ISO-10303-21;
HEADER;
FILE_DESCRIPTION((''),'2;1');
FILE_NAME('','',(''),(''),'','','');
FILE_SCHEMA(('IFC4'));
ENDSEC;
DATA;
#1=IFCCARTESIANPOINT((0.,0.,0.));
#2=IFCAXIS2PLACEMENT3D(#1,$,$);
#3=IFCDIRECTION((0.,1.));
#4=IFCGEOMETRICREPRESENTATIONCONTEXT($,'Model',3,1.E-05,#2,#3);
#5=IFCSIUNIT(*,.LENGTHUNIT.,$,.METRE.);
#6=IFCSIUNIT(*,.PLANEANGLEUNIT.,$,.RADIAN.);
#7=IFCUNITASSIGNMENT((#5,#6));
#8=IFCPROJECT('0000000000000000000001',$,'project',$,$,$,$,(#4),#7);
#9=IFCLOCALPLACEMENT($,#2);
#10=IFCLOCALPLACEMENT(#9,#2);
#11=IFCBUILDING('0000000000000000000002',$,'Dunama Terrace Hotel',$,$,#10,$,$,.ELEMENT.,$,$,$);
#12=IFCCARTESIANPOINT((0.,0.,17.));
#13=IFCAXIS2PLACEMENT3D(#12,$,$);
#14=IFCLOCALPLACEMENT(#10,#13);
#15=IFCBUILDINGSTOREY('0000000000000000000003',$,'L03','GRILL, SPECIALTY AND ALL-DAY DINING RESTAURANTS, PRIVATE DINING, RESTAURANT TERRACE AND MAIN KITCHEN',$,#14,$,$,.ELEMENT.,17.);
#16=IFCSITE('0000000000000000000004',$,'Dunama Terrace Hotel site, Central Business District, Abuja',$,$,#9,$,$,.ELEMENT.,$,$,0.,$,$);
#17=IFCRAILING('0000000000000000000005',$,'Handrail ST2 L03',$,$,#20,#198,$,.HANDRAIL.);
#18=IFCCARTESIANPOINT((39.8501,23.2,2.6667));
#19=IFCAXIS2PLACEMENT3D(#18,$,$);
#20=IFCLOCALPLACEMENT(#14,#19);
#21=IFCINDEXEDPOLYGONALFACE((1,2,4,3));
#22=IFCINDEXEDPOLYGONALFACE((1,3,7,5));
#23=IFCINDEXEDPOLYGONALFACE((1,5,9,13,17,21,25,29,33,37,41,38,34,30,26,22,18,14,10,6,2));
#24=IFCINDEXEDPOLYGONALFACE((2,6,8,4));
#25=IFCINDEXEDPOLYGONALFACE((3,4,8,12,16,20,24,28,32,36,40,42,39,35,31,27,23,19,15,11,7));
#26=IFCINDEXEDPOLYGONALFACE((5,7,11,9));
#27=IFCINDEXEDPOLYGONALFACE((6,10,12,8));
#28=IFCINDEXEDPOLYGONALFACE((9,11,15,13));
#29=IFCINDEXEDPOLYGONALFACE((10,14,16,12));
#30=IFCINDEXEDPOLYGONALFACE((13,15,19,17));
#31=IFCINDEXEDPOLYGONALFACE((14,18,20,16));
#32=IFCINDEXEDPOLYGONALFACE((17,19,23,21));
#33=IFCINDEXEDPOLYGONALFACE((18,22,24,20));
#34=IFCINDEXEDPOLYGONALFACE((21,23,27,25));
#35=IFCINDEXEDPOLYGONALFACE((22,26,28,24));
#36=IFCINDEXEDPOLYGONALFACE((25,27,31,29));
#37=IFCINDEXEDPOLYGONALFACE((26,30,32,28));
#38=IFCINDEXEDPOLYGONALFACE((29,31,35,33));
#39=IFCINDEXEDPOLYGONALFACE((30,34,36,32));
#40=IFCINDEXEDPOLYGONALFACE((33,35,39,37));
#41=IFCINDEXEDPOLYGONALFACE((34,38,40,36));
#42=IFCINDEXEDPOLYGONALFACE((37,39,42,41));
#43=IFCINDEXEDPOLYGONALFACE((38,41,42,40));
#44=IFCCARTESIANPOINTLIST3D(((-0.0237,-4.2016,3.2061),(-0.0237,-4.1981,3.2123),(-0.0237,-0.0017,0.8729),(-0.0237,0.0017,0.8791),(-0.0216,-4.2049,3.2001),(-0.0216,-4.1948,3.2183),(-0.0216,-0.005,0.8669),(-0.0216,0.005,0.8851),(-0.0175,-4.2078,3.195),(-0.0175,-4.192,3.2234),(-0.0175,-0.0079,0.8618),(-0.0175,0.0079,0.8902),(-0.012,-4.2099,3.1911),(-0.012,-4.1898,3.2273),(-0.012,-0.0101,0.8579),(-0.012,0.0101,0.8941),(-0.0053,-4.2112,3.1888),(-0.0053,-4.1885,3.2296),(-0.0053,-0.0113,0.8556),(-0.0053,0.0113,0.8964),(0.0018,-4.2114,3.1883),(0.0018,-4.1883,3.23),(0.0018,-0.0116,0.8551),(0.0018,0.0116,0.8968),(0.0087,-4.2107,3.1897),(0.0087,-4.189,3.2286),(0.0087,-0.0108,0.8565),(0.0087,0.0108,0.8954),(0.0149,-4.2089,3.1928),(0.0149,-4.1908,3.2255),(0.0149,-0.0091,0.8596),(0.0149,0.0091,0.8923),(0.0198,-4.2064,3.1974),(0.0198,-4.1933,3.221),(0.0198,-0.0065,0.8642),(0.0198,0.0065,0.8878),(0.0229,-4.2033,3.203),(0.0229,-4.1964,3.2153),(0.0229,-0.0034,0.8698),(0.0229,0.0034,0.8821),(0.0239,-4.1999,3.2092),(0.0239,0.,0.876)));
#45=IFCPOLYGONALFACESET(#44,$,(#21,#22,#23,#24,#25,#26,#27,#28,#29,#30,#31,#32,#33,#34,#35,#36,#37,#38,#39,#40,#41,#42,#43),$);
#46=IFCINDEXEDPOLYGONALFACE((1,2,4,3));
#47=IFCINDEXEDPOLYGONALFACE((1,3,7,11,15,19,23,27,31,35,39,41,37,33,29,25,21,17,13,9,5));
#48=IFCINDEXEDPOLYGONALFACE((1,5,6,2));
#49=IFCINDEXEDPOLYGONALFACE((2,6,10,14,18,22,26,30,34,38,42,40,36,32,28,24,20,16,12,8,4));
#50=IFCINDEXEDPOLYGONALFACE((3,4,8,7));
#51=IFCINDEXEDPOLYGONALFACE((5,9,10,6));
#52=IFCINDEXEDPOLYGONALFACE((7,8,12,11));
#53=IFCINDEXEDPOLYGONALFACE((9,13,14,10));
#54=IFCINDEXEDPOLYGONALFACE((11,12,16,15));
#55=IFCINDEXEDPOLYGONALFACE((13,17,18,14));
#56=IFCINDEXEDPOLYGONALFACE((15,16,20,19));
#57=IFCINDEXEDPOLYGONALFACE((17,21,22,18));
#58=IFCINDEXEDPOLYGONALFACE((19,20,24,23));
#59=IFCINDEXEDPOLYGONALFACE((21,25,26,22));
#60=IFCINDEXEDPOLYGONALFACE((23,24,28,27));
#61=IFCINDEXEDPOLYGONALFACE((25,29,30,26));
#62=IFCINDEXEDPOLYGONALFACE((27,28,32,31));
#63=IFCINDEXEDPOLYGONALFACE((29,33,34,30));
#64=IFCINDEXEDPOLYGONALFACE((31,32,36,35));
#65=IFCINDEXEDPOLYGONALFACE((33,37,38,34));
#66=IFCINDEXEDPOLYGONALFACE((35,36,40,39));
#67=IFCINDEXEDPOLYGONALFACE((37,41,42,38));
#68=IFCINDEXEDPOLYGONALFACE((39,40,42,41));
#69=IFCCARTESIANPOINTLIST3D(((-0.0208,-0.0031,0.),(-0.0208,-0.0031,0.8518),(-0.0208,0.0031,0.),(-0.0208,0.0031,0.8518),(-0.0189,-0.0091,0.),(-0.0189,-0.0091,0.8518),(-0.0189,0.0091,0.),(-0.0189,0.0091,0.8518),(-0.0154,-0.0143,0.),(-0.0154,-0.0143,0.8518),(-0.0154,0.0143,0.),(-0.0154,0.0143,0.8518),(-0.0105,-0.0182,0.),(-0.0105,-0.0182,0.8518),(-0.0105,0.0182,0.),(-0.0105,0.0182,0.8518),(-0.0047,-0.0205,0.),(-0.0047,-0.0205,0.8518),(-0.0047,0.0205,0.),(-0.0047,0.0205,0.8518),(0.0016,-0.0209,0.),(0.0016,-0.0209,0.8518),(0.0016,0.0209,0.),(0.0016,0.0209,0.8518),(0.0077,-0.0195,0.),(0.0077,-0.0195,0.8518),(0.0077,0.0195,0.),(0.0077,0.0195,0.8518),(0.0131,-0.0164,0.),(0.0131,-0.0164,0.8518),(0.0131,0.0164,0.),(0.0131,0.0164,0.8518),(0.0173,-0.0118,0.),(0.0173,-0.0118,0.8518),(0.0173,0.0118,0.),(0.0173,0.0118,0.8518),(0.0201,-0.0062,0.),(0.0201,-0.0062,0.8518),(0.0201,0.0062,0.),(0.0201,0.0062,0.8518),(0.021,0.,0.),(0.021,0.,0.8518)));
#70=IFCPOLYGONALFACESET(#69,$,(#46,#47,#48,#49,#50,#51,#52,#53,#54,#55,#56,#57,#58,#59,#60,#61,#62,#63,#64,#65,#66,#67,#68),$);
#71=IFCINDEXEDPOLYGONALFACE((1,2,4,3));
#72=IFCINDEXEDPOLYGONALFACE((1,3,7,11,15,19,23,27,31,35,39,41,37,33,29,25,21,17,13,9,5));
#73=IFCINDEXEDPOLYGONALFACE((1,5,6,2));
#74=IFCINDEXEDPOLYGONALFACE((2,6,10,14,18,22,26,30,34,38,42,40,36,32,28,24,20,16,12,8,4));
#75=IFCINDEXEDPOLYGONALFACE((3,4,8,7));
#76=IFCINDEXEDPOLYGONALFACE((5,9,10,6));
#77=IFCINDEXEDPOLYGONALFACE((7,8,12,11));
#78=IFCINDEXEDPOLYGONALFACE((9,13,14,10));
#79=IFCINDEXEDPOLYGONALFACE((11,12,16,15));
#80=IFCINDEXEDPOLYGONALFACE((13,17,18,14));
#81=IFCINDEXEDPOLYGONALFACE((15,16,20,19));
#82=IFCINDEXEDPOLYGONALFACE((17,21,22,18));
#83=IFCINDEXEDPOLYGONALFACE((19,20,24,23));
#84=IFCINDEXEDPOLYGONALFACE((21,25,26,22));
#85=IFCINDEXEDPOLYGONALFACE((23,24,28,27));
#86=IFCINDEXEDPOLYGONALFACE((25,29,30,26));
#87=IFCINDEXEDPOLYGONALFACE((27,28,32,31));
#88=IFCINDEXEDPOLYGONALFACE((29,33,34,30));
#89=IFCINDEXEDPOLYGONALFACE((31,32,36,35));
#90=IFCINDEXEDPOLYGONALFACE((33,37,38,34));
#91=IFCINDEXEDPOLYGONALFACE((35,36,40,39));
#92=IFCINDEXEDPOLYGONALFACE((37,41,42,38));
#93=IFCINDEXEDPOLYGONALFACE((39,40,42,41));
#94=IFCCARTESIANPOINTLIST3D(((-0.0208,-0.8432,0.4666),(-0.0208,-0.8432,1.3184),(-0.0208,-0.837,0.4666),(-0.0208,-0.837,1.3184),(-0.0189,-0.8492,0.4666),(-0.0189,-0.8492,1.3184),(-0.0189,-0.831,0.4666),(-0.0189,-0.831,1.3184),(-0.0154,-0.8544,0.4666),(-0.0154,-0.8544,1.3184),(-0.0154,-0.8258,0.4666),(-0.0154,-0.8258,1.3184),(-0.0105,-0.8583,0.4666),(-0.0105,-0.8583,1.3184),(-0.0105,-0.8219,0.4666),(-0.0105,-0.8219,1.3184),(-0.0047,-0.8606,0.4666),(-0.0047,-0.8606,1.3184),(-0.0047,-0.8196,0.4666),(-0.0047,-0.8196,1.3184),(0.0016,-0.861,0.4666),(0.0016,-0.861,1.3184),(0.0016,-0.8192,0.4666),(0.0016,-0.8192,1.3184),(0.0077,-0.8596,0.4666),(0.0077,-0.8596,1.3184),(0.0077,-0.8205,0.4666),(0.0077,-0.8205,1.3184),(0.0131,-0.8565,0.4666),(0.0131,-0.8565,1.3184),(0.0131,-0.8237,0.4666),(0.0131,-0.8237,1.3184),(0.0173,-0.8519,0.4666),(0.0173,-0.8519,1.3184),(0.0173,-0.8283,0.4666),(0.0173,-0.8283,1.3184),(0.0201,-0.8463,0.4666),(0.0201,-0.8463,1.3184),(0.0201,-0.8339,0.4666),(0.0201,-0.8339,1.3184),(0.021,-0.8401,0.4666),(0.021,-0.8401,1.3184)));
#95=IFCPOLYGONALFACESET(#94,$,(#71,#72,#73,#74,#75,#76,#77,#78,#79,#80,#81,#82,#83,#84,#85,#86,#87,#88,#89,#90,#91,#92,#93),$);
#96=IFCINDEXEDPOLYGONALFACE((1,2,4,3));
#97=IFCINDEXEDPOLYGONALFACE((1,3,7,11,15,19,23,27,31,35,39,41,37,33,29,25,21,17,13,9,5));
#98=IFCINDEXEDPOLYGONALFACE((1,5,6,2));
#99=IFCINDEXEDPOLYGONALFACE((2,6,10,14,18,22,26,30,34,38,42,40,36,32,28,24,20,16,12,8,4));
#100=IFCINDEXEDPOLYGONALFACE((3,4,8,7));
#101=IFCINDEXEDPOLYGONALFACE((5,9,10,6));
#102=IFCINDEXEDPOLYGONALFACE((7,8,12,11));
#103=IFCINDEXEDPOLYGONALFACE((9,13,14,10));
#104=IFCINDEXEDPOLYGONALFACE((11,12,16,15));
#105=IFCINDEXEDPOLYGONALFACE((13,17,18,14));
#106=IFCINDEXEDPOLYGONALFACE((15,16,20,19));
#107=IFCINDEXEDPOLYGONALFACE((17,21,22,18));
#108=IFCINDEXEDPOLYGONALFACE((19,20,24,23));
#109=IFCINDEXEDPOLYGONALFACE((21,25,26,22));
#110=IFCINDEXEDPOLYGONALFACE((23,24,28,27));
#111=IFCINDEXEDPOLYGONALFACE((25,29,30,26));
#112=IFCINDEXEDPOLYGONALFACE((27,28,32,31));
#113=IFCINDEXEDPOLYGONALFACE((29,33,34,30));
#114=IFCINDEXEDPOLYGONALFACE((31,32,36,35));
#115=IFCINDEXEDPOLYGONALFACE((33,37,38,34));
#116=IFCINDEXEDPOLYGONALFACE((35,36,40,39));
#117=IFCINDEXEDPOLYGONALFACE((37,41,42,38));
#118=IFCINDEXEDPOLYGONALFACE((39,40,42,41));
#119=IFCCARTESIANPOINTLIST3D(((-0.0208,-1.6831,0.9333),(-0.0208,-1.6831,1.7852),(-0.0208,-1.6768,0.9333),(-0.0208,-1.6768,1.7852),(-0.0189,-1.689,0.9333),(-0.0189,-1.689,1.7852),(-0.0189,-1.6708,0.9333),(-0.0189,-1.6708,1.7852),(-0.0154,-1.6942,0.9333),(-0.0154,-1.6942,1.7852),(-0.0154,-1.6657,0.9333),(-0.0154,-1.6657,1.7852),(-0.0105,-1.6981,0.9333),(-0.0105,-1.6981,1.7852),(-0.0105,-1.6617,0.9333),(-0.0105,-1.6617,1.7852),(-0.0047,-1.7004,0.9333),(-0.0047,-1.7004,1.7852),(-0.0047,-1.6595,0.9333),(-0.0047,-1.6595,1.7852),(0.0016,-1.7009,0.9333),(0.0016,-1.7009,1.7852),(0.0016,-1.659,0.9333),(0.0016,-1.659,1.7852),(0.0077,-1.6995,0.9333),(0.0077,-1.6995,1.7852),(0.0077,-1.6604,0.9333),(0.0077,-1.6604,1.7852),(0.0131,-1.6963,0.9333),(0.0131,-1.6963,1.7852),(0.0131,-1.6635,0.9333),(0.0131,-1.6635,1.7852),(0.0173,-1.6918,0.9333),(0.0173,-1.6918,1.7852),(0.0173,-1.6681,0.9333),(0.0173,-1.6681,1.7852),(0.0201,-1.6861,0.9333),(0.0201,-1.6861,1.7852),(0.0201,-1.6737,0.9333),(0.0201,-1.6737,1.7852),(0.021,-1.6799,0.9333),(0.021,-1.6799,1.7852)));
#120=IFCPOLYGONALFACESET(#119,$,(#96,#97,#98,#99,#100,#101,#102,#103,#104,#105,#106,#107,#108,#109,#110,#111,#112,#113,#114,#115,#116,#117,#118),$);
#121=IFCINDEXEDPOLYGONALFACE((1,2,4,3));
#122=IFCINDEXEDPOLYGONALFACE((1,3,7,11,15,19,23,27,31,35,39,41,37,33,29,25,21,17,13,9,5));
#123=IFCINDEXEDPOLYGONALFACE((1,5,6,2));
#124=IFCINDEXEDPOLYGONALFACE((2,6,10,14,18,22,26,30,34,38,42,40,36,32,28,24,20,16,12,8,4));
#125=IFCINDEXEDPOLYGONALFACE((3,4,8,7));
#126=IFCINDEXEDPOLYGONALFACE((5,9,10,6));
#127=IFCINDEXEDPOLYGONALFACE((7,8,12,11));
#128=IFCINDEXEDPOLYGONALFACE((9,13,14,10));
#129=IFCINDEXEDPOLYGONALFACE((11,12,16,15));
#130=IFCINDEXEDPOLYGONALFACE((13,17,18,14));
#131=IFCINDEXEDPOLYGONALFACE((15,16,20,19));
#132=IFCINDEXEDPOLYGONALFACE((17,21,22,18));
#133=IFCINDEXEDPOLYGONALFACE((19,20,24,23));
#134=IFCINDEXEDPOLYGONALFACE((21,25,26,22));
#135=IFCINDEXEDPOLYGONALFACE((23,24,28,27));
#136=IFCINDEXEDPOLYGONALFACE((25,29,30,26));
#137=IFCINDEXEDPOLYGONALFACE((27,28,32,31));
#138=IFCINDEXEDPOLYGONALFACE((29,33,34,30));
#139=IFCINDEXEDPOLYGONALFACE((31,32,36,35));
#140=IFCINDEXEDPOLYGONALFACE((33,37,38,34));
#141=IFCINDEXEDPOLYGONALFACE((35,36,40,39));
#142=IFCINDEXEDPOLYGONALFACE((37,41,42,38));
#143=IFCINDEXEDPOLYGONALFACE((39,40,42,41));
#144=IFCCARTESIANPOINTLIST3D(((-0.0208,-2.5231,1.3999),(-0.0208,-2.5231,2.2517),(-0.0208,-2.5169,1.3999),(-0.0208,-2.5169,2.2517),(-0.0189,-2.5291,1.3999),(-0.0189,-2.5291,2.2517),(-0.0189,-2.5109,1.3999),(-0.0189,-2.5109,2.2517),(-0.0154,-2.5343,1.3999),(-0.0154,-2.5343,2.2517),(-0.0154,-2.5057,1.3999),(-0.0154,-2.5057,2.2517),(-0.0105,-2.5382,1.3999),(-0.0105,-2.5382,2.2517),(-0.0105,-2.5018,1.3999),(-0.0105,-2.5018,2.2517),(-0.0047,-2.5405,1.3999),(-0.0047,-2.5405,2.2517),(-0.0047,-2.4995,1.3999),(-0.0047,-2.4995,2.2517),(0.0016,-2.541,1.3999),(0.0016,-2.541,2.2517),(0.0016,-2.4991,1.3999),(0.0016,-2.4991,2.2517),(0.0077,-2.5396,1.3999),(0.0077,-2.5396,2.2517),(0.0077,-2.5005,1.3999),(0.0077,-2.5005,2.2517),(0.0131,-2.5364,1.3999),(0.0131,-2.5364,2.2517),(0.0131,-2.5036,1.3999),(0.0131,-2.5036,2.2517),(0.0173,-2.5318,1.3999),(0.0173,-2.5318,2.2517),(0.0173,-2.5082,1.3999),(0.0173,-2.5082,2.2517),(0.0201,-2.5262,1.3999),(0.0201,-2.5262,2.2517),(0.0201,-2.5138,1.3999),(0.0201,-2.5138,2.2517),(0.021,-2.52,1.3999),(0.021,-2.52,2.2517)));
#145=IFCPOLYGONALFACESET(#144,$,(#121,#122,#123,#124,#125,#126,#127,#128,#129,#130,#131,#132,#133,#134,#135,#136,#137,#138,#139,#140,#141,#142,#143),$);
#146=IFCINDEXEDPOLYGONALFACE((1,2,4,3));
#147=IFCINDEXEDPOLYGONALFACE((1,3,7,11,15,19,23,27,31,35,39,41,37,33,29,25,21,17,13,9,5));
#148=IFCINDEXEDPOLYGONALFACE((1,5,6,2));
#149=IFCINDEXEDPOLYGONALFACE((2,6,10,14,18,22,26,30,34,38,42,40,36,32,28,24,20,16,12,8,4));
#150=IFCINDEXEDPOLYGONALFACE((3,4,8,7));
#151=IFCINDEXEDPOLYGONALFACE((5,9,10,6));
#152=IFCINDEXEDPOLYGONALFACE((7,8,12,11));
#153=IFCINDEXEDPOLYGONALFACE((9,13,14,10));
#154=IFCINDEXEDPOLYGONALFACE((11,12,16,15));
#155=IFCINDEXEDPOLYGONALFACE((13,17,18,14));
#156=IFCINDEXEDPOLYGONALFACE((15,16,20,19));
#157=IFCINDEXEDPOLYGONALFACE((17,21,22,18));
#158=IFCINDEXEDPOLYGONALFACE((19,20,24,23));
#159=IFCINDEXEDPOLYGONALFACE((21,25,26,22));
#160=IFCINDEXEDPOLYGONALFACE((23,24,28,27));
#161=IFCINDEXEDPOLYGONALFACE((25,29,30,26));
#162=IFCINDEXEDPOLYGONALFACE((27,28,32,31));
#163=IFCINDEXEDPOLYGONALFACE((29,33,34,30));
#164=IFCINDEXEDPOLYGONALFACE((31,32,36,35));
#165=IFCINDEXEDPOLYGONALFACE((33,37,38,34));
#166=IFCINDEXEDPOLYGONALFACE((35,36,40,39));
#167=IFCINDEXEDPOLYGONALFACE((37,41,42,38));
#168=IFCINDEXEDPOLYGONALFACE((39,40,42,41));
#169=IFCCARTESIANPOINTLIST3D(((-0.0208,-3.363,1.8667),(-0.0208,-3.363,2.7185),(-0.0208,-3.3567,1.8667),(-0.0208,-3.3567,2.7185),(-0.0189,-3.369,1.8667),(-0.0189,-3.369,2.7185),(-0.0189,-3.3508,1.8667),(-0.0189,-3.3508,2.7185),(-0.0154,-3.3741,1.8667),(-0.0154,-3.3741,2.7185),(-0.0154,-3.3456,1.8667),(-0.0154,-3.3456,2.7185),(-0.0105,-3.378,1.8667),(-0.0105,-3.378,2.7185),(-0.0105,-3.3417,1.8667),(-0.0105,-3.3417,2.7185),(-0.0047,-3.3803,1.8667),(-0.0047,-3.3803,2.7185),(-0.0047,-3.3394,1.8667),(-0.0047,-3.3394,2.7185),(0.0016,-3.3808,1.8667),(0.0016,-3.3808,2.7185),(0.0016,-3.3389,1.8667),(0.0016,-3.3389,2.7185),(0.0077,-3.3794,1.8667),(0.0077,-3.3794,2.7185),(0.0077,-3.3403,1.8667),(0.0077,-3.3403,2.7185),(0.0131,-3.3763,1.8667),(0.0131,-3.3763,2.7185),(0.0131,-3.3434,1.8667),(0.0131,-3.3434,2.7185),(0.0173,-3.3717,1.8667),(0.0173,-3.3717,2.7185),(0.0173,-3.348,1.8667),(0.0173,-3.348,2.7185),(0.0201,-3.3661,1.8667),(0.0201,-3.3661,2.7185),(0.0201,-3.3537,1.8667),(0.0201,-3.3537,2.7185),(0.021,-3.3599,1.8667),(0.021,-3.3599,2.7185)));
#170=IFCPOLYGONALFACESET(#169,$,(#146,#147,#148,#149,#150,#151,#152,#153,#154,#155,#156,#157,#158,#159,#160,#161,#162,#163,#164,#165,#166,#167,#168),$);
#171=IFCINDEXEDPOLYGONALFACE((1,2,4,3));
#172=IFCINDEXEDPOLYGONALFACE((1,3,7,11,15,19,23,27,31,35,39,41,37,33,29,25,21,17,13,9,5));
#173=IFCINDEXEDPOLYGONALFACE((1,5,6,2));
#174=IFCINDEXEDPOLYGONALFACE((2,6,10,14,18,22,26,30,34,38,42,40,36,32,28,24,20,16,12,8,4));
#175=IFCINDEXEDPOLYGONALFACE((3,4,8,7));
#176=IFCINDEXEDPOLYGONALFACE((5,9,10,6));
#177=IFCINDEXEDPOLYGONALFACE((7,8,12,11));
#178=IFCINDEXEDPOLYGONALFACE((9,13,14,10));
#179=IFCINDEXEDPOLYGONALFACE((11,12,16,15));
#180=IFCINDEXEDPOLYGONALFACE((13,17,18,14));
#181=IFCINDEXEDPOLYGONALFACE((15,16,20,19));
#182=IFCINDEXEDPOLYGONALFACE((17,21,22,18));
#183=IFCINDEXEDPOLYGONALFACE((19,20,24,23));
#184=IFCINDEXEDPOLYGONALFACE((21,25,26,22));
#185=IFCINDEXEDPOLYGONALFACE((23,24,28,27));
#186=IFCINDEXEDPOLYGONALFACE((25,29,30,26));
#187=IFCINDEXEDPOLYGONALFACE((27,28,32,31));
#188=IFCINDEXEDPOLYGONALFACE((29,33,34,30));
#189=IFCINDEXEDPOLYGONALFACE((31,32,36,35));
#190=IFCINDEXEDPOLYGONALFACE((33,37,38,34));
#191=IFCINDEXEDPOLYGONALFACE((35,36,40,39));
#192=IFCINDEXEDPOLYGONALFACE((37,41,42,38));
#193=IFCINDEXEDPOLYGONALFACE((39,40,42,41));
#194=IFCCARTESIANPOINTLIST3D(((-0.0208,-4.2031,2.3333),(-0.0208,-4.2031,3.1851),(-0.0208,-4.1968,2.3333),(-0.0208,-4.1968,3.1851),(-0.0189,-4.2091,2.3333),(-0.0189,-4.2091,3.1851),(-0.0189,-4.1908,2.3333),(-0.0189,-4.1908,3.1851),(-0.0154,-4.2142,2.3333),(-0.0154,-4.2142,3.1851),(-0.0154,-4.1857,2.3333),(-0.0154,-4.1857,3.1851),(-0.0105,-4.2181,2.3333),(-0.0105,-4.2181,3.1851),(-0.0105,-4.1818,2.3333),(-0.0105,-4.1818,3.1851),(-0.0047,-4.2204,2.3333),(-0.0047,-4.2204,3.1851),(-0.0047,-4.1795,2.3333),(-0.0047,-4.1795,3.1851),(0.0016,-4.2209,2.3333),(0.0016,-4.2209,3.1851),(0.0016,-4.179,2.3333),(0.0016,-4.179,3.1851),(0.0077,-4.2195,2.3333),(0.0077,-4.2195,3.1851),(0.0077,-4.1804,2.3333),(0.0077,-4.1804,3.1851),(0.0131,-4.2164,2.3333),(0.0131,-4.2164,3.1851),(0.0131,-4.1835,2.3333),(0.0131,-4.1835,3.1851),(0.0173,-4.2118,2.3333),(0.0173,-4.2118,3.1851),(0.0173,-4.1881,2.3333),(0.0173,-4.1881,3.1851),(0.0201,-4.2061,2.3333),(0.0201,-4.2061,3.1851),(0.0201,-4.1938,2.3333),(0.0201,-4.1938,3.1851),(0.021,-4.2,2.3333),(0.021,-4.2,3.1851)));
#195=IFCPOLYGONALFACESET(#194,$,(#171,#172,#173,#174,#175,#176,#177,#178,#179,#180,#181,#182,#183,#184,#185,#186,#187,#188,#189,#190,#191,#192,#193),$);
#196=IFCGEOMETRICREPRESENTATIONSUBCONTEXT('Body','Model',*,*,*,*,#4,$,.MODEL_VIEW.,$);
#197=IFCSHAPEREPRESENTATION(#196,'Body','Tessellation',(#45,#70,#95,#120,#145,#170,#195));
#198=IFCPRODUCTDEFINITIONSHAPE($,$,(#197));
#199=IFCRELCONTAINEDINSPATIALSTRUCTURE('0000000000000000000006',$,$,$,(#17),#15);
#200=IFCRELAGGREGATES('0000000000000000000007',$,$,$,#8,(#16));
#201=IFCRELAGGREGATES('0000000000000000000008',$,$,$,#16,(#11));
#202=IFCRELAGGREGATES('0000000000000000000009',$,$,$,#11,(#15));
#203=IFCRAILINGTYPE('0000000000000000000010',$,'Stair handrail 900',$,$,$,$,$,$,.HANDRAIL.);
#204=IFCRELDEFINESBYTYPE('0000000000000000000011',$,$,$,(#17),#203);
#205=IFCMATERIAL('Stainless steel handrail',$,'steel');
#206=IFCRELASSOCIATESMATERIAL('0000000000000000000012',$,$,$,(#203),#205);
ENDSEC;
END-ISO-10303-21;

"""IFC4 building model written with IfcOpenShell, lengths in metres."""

from ifc_helpers import new_model, si_unit, direction, frame, origin, origin_2d, place, context, subcontext, project, spatial, circle, extrude, material, type_object, element, save


model = new_model("IFC4")

# Units and contexts
model_context = context("Model", 3, precision=1e-05, world=origin(), true_north=direction((0.0, 1.0)))
body_context = subcontext(model_context, "Body", "Model", "MODEL_VIEW")
ifc_project = project(units=[si_unit("LENGTHUNIT", "METRE"), si_unit("PLANEANGLEUNIT", "RADIAN")], contexts=[model_context])

# Site, building, storey
site_placement = place(None, origin())
site = spatial("IfcSite", under=ifc_project, at=site_placement, Name="Dunama Terrace Hotel site, Central Business District, Abuja", CompositionType="ELEMENT", RefElevation=0.0)
building_placement = place(site_placement, origin())
building = spatial("IfcBuilding", under=site, at=building_placement, Name="Dunama Terrace Hotel", CompositionType="ELEMENT")
storey_placement = place(building_placement, frame((0.0, 0.0, 17.0)))
storey = spatial("IfcBuildingStorey", under=building, at=storey_placement, Name="L03", Description="GRILL, SPECIALTY AND ALL-DAY DINING RESTAURANTS, PRIVATE DINING, RESTAURANT TERRACE AND MAIN KITCHEN", CompositionType="ELEMENT", Elevation=17.0)

# Railing
ifc_material_1 = material(Name="Stainless steel handrail", Category="steel")
railing_type = type_object("IfcRailingType", Name="Stair handrail 900", PredefinedType="HANDRAIL", material=ifc_material_1)
railing_1_placement = place(storey_placement, frame((39.8501, 23.2, 2.6667)))
element("IfcRailing", 1, at=railing_1_placement, inside=storey, type_object=railing_type, Name="Handrail ST2 L03", PredefinedType="HANDRAIL", context=body_context, shape_type="SweptSolid", body=[
    extrude(circle(Radius=0.0239, at=origin_2d()), frame((0.0, 0.0, 0.876), z_axis=(0.0, -0.874162, 0.485634), x_axis=(1.0, 0.0, 0.0)), (0.0, 0.0, 1.0), 4.8044),
    extrude(circle(Radius=0.021, at=origin_2d()), origin(), (0.0, 0.0, 1.0), 0.8518),
    extrude(circle(Radius=0.021, at=origin_2d()), frame((0.0, -0.8401, 0.4666)), (0.0, 0.0, 1.0), 0.8518),
    extrude(circle(Radius=0.021, at=origin_2d()), frame((0.0, -1.6799, 0.9333)), (0.0, 0.0, 1.0), 0.8518),
    extrude(circle(Radius=0.021, at=origin_2d()), frame((0.0, -2.52, 1.3999)), (0.0, 0.0, 1.0), 0.8518),
    extrude(circle(Radius=0.021, at=origin_2d()), frame((0.0, -3.3599, 1.8667)), (0.0, 0.0, 1.0), 0.8518),
    extrude(circle(Radius=0.021, at=origin_2d()), frame((0.0, -4.2, 2.3333)), (0.0, 0.0, 1.0), 0.8518),
])

save(model, "model.ifc")
